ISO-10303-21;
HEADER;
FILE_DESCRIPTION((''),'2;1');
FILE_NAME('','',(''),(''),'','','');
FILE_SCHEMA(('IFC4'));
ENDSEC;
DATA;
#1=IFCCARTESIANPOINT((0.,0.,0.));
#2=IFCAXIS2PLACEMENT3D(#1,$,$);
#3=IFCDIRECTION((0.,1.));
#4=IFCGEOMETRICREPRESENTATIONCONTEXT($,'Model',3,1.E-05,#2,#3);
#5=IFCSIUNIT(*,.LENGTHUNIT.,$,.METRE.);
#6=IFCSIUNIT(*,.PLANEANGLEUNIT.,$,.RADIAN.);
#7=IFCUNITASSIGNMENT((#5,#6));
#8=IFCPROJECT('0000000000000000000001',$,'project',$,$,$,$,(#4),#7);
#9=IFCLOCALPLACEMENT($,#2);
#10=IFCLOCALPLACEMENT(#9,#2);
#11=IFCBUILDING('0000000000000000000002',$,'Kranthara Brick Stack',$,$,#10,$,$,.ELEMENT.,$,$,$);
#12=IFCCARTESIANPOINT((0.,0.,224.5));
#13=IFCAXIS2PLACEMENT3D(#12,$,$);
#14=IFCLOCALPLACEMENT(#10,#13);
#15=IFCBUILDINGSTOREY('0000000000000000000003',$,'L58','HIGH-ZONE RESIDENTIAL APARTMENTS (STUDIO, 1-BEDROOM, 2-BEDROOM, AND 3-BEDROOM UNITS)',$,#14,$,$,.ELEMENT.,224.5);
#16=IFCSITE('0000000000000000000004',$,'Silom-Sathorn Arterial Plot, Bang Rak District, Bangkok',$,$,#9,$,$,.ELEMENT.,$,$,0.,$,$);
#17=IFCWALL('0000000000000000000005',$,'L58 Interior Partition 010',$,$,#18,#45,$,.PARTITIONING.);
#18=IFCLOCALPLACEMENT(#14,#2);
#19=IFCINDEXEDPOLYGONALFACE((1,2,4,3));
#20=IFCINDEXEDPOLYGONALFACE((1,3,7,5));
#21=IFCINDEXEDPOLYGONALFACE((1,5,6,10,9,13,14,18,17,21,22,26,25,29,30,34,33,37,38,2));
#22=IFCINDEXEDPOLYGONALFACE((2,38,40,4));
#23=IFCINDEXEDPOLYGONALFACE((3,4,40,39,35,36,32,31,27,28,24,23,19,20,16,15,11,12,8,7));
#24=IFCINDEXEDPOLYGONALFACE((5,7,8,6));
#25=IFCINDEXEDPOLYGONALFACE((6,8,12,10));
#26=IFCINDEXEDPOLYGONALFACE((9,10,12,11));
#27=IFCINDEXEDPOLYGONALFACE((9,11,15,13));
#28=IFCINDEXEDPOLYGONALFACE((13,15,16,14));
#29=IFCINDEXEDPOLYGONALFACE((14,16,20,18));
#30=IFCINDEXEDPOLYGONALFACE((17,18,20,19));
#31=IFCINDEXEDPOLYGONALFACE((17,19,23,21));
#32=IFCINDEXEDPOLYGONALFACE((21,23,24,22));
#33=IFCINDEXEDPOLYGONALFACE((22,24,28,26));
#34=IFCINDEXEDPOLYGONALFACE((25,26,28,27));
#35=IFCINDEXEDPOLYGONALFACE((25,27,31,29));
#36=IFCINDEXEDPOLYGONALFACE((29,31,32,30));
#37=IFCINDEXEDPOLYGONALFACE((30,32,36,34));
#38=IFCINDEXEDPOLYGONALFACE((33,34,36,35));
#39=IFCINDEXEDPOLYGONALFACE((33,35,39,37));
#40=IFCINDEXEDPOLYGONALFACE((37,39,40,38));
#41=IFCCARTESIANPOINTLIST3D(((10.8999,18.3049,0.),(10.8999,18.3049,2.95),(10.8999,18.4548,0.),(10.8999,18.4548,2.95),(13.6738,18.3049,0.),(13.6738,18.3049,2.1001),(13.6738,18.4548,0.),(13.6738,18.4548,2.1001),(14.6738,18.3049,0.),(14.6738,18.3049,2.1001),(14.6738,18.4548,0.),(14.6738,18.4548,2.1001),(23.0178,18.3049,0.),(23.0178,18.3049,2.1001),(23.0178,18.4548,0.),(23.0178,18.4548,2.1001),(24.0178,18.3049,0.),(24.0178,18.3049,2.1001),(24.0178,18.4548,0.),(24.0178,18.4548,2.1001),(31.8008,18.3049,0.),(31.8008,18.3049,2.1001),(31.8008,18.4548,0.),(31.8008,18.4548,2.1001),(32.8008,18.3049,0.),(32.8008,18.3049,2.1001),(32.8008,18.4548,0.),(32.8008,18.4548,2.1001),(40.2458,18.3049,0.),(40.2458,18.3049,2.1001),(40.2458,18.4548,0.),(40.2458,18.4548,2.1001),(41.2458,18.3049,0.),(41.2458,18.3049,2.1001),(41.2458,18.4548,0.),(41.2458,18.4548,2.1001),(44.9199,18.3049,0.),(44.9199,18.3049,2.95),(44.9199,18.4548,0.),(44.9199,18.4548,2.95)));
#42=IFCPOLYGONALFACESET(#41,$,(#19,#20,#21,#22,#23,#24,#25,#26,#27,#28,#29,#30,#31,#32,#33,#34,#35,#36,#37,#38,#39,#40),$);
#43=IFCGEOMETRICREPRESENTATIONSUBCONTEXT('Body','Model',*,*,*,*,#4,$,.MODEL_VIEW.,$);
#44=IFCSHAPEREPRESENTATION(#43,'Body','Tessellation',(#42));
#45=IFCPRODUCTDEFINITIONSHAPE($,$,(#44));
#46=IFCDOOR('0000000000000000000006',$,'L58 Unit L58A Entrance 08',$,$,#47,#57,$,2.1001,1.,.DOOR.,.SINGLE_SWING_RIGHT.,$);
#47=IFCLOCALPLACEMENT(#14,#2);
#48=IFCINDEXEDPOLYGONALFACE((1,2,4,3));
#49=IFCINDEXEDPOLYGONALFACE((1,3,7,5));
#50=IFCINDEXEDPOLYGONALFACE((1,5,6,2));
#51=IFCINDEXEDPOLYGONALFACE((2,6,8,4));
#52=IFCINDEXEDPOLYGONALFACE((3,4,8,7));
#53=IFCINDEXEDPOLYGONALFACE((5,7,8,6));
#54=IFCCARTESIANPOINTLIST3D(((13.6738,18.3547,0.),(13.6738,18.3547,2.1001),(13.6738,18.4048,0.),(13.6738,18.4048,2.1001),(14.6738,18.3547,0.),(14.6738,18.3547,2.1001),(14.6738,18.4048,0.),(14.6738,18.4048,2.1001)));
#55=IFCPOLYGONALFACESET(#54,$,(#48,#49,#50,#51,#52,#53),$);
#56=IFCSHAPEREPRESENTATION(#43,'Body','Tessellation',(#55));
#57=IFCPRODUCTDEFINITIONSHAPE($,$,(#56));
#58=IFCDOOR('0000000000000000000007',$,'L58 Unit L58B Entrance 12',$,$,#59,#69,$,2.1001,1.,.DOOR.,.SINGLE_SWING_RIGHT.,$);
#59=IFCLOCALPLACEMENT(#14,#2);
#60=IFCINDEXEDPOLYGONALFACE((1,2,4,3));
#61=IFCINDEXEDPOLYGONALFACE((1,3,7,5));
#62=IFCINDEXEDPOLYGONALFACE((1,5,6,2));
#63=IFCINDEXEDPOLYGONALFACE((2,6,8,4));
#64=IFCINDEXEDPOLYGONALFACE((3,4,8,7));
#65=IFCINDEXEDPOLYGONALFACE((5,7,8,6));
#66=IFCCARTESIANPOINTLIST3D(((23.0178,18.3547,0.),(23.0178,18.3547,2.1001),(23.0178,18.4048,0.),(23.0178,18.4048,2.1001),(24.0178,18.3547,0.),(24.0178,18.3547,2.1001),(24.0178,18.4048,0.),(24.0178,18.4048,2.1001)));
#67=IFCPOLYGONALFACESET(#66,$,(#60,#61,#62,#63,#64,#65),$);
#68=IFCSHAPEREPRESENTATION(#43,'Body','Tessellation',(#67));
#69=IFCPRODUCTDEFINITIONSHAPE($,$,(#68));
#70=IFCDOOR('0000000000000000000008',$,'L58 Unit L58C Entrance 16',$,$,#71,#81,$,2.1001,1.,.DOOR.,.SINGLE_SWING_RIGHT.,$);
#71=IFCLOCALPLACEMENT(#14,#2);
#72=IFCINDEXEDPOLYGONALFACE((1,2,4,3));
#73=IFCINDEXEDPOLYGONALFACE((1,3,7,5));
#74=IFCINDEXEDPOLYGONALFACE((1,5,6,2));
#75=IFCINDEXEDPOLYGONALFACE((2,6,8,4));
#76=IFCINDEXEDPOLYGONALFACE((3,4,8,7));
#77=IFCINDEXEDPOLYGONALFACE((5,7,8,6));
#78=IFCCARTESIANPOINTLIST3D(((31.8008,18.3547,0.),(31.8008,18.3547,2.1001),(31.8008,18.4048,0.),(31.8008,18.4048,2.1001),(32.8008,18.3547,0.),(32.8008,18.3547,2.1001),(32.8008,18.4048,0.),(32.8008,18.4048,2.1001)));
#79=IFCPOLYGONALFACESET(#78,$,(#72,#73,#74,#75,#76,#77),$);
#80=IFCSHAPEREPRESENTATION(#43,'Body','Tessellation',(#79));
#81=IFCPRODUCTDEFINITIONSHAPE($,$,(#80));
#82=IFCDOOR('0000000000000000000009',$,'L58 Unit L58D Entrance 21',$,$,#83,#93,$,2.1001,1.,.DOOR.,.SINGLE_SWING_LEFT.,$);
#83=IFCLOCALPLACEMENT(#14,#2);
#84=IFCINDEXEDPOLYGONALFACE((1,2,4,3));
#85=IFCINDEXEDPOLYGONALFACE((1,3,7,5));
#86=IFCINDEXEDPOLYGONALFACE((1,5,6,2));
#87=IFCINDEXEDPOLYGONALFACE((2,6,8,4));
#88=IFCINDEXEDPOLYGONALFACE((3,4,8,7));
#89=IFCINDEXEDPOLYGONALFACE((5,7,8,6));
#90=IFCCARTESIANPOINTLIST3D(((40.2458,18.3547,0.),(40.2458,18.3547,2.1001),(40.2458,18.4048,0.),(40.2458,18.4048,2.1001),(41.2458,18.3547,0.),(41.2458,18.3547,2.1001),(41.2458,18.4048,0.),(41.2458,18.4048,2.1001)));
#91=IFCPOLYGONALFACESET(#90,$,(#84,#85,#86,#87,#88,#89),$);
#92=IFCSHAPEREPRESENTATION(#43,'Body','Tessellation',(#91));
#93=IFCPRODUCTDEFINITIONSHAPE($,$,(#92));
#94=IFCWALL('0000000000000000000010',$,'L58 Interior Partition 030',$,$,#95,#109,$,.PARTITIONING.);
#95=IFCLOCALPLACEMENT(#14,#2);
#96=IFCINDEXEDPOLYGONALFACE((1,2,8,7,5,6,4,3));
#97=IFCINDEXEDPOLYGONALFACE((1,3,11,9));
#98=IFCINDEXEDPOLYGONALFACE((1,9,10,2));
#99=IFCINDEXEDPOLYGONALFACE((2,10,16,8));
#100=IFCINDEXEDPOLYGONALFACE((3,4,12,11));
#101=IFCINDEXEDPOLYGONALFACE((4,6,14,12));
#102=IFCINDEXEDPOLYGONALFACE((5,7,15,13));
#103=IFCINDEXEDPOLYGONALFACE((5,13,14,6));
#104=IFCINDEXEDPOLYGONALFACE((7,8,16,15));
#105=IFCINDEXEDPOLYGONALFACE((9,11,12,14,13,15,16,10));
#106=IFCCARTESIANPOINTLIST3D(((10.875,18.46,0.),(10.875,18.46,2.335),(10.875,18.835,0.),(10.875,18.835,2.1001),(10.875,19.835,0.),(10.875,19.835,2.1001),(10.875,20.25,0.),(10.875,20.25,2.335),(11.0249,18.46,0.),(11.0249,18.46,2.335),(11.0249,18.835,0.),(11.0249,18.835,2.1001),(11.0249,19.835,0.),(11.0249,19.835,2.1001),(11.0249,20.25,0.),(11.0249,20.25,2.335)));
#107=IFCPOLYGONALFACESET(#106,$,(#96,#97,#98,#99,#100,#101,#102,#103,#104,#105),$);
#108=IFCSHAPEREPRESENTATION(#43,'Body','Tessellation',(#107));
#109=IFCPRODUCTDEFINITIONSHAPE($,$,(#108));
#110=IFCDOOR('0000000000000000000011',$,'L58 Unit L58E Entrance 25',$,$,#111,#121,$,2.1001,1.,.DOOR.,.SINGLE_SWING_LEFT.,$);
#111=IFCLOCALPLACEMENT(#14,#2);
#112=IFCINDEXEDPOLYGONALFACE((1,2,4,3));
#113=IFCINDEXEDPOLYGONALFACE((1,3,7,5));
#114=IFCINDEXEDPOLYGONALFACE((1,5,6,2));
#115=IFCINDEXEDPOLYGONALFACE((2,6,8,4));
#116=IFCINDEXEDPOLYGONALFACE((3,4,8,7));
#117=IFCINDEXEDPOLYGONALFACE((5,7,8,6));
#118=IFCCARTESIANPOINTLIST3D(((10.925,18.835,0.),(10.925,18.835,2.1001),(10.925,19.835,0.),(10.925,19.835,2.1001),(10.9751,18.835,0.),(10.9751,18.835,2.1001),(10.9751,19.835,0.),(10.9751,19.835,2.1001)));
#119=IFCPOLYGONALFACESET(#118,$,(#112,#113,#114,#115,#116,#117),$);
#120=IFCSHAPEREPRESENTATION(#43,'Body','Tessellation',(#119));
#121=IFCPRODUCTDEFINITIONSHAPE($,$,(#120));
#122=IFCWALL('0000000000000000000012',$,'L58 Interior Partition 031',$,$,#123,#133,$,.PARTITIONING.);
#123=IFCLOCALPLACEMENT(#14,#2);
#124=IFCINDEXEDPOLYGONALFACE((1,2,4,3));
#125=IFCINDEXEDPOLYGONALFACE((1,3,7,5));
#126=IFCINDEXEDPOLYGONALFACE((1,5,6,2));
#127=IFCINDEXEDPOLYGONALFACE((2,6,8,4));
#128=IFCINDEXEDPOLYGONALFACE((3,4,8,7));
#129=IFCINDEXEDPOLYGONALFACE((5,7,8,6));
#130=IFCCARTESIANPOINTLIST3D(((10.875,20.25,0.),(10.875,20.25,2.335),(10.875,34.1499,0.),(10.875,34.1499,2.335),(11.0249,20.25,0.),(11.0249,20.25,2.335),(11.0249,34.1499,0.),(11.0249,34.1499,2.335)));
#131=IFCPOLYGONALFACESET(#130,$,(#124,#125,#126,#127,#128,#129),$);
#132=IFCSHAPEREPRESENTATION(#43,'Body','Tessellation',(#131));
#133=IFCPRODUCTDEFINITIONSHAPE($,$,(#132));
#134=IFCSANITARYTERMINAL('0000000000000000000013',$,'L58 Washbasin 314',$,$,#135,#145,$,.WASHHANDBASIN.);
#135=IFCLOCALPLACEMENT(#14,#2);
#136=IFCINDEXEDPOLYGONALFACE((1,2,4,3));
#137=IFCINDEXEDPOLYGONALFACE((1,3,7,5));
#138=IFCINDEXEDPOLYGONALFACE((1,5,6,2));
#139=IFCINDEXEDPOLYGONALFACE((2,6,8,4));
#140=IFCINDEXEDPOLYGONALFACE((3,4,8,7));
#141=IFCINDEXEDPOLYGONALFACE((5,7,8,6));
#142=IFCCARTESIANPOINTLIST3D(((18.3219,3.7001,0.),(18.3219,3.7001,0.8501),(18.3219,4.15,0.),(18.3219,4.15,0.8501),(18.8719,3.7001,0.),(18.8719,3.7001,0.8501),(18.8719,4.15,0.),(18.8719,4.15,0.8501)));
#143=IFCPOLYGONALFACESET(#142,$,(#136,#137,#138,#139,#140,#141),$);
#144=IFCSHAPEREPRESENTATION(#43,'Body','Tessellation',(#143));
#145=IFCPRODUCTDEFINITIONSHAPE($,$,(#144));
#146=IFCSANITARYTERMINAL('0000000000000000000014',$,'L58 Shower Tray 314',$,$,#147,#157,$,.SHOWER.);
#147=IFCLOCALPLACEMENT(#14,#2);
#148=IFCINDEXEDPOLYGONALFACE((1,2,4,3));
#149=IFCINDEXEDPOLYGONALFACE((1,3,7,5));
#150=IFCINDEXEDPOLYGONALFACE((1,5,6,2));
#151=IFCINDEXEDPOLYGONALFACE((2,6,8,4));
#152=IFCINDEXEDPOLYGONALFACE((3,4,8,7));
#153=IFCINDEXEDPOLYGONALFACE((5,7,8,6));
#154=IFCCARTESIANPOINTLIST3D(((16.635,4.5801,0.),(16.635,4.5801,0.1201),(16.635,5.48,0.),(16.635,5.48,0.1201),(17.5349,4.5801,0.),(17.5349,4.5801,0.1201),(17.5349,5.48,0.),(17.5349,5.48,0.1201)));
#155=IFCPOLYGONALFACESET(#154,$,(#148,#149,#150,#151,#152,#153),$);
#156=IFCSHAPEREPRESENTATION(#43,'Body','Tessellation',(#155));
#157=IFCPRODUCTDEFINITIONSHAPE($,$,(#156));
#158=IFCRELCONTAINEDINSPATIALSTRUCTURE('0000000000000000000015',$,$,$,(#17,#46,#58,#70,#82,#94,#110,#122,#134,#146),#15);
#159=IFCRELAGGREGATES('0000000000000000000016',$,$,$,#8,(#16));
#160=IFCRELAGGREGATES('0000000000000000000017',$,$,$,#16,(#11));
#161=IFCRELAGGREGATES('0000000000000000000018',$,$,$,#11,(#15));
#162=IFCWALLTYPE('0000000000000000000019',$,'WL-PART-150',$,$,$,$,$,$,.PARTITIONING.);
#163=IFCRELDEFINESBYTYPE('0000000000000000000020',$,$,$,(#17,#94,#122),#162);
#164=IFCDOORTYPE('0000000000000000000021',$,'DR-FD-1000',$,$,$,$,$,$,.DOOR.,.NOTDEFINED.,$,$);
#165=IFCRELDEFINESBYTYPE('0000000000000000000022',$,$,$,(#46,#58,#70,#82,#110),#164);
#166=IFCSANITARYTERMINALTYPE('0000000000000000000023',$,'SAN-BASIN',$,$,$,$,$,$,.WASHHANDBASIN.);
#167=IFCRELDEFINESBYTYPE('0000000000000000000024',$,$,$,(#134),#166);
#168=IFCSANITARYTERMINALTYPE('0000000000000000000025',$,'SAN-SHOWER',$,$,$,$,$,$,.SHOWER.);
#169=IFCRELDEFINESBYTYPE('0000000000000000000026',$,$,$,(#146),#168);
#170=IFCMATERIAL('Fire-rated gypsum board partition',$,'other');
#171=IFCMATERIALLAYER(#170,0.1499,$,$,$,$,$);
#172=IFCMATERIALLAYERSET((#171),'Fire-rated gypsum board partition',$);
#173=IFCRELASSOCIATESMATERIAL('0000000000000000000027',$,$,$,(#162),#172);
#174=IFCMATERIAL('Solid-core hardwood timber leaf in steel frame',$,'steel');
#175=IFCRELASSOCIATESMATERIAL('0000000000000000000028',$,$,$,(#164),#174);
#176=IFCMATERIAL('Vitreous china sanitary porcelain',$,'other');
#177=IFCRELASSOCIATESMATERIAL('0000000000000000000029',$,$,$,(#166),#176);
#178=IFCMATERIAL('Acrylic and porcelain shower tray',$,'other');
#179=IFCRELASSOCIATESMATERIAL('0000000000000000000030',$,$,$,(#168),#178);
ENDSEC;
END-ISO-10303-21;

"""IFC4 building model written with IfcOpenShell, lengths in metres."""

from ifc_helpers import new_model, si_unit, direction, frame, frame_2d, origin, origin_2d, place, context, subcontext, project, spatial, rectangle, extrude, material, layer, layer_set, type_object, element, fill, save


model = new_model("IFC4")

# Units and contexts
model_context = context("Model", 3, precision=1e-05, world=origin(), true_north=direction((0.0, 1.0)))
body_context = subcontext(model_context, "Body", "Model", "MODEL_VIEW")
ifc_project = project(units=[si_unit("LENGTHUNIT", "METRE"), si_unit("PLANEANGLEUNIT", "RADIAN")], contexts=[model_context])

# Site, building, storey
site_placement = place(None, origin())
site = spatial("IfcSite", under=ifc_project, at=site_placement, Name="Silom-Sathorn Arterial Plot, Bang Rak District, Bangkok", CompositionType="ELEMENT", RefElevation=0.0)
building_placement = place(site_placement, origin())
building = spatial("IfcBuilding", under=site, at=building_placement, Name="Kranthara Brick Stack", CompositionType="ELEMENT")
storey_placement = place(building_placement, frame((0.0, 0.0, 224.5)))
storey = spatial("IfcBuildingStorey", under=building, at=storey_placement, Name="L58", Description="HIGH-ZONE RESIDENTIAL APARTMENTS (STUDIO, 1-BEDROOM, 2-BEDROOM, AND 3-BEDROOM UNITS)", CompositionType="ELEMENT", Elevation=224.5)

# Wall, openings, doors
ifc_material_1 = material(Name="Fire-rated gypsum board partition", Category="other")
ifc_layer_1 = layer(ifc_material_1, 0.1499)
ifc_layer_set_1 = layer_set([ifc_layer_1], Name="Fire-rated gypsum board partition")
wall_type_1 = type_object("IfcWallType", Name="WL-PART-150", PredefinedType="PARTITIONING", material=ifc_layer_set_1)
wall_1_placement = place(storey_placement, frame((10.8999, 18.3799, 0.0), z_axis=(0.0, 0.0, 1.0), x_axis=(1.0, 0.0, 0.0)))
wall_1 = element("IfcWall", 1, at=wall_1_placement, inside=storey, type_object=wall_type_1, Name="L58 Interior Partition 010", PredefinedType="PARTITIONING", context=body_context, shape_type="SweptSolid", body=[
    extrude(rectangle(XDim=34.02, YDim=0.1499, at=frame_2d((17.01, 0.0))), origin(), (0.0, 0.0, 1.0), 2.95),
])
opening_1_placement = place(wall_1_placement, frame((2.7739, 0.0, 0.0)))
opening_1 = element("IfcOpeningElement", 2, at=opening_1_placement, cuts=wall_1, PredefinedType="OPENING", context=body_context, shape_type="SweptSolid", body=[
    extrude(rectangle(XDim=1.0, YDim=2.1001, at=frame_2d((0.5, 1.05))), frame((0.0, 0.085, 0.0), z_axis=(0.0, -1.0, 0.0), x_axis=(1.0, 0.0, 0.0)), (0.0, 0.0, 1.0), 0.1699),
])
opening_2_placement = place(wall_1_placement, frame((12.1179, 0.0, 0.0)))
opening_2 = element("IfcOpeningElement", 3, at=opening_2_placement, cuts=wall_1, PredefinedType="OPENING", context=body_context, shape_type="SweptSolid", body=[
    extrude(rectangle(XDim=1.0, YDim=2.1001, at=frame_2d((0.5, 1.05))), frame((0.0, 0.085, 0.0), z_axis=(0.0, -1.0, 0.0), x_axis=(1.0, 0.0, 0.0)), (0.0, 0.0, 1.0), 0.1699),
])
opening_3_placement = place(wall_1_placement, frame((20.9009, 0.0, 0.0)))
opening_3 = element("IfcOpeningElement", 4, at=opening_3_placement, cuts=wall_1, PredefinedType="OPENING", context=body_context, shape_type="SweptSolid", body=[
    extrude(rectangle(XDim=1.0, YDim=2.1001, at=frame_2d((0.5, 1.05))), frame((0.0, 0.085, 0.0), z_axis=(0.0, -1.0, 0.0), x_axis=(1.0, 0.0, 0.0)), (0.0, 0.0, 1.0), 0.1699),
])
opening_4_placement = place(wall_1_placement, frame((29.3459, 0.0, 0.0)))
opening_4 = element("IfcOpeningElement", 5, at=opening_4_placement, cuts=wall_1, PredefinedType="OPENING", context=body_context, shape_type="SweptSolid", body=[
    extrude(rectangle(XDim=1.0, YDim=2.1001, at=frame_2d((0.5, 1.05))), frame((0.0, 0.085, 0.0), z_axis=(0.0, -1.0, 0.0), x_axis=(1.0, 0.0, 0.0)), (0.0, 0.0, 1.0), 0.1699),
])
ifc_material_2 = material(Name="Solid-core hardwood timber leaf in steel frame", Category="steel")
door_type_1 = type_object("IfcDoorType", Name="DR-FD-1000", OperationType="NOTDEFINED", PredefinedType="DOOR", material=ifc_material_2)
door_1_placement = place(opening_1_placement, origin())
door_1 = element("IfcDoor", 6, at=door_1_placement, inside=storey, type_object=door_type_1, Name="L58 Unit L58A Entrance 08", OperationType="SINGLE_SWING_RIGHT", OverallHeight=2.1001, OverallWidth=1.0, PredefinedType="DOOR", context=body_context, shape_type="SweptSolid", body=[
    extrude(rectangle(XDim=1.0, YDim=2.1001, at=frame_2d((0.5, 1.05))), frame((0.0, 0.0249, 0.0), z_axis=(0.0, -1.0, 0.0), x_axis=(1.0, 0.0, 0.0)), (0.0, 0.0, 1.0), 0.05),
])
fill(opening_1, door_1)
door_2_placement = place(opening_2_placement, origin())
door_2 = element("IfcDoor", 7, at=door_2_placement, inside=storey, type_object=door_type_1, Name="L58 Unit L58B Entrance 12", OperationType="SINGLE_SWING_RIGHT", OverallHeight=2.1001, OverallWidth=1.0, PredefinedType="DOOR", context=body_context, shape_type="SweptSolid", body=[
    extrude(rectangle(XDim=1.0, YDim=2.1001, at=frame_2d((0.5, 1.05))), frame((0.0, 0.0249, 0.0), z_axis=(0.0, -1.0, 0.0), x_axis=(1.0, 0.0, 0.0)), (0.0, 0.0, 1.0), 0.05),
])
fill(opening_2, door_2)
door_3_placement = place(opening_3_placement, origin())
door_3 = element("IfcDoor", 8, at=door_3_placement, inside=storey, type_object=door_type_1, Name="L58 Unit L58C Entrance 16", OperationType="SINGLE_SWING_RIGHT", OverallHeight=2.1001, OverallWidth=1.0, PredefinedType="DOOR", context=body_context, shape_type="SweptSolid", body=[
    extrude(rectangle(XDim=1.0, YDim=2.1001, at=frame_2d((0.5, 1.05))), frame((0.0, 0.0249, 0.0), z_axis=(0.0, -1.0, 0.0), x_axis=(1.0, 0.0, 0.0)), (0.0, 0.0, 1.0), 0.05),
])
fill(opening_3, door_3)
door_4_placement = place(opening_4_placement, origin())
door_4 = element("IfcDoor", 9, at=door_4_placement, inside=storey, type_object=door_type_1, Name="L58 Unit L58D Entrance 21", OperationType="SINGLE_SWING_LEFT", OverallHeight=2.1001, OverallWidth=1.0, PredefinedType="DOOR", context=body_context, shape_type="SweptSolid", body=[
    extrude(rectangle(XDim=1.0, YDim=2.1001, at=frame_2d((0.5, 1.05))), frame((0.0, 0.0249, 0.0), z_axis=(0.0, -1.0, 0.0), x_axis=(1.0, 0.0, 0.0)), (0.0, 0.0, 1.0), 0.05),
])
fill(opening_4, door_4)

# Wall, opening, door
wall_2_placement = place(storey_placement, frame((10.95, 18.46, 0.0), z_axis=(0.0, 0.0, 1.0), x_axis=(0.0, 1.0, 0.0)))
wall_2 = element("IfcWall", 10, at=wall_2_placement, inside=storey, type_object=wall_type_1, Name="L58 Interior Partition 030", PredefinedType="PARTITIONING", context=body_context, shape_type="SweptSolid", body=[
    extrude(rectangle(XDim=1.79, YDim=0.1499, at=frame_2d((0.895, 0.0))), origin(), (0.0, 0.0, 1.0), 2.335),
])
opening_5_placement = place(wall_2_placement, frame((0.375, 0.0, 0.0)))
opening_5 = element("IfcOpeningElement", 11, at=opening_5_placement, cuts=wall_2, PredefinedType="OPENING", context=body_context, shape_type="SweptSolid", body=[
    extrude(rectangle(XDim=1.0, YDim=2.1001, at=frame_2d((0.5, 1.05))), frame((0.0, 0.085, 0.0), z_axis=(0.0, -1.0, 0.0), x_axis=(1.0, 0.0, 0.0)), (0.0, 0.0, 1.0), 0.1699),
])
door_5_placement = place(opening_5_placement, origin())
door_5 = element("IfcDoor", 12, at=door_5_placement, inside=storey, type_object=door_type_1, Name="L58 Unit L58E Entrance 25", OperationType="SINGLE_SWING_LEFT", OverallHeight=2.1001, OverallWidth=1.0, PredefinedType="DOOR", context=body_context, shape_type="SweptSolid", body=[
    extrude(rectangle(XDim=1.0, YDim=2.1001, at=frame_2d((0.5, 1.05))), frame((0.0, 0.0249, 0.0), z_axis=(0.0, -1.0, 0.0), x_axis=(1.0, 0.0, 0.0)), (0.0, 0.0, 1.0), 0.05),
])
fill(opening_5, door_5)

# Wall
wall_3_placement = place(storey_placement, frame((10.95, 20.25, 0.0), z_axis=(0.0, 0.0, 1.0), x_axis=(0.0, 1.0, 0.0)))
element("IfcWall", 13, at=wall_3_placement, inside=storey, type_object=wall_type_1, Name="L58 Interior Partition 031", PredefinedType="PARTITIONING", context=body_context, shape_type="SweptSolid", body=[
    extrude(rectangle(XDim=13.8999, YDim=0.1499, at=frame_2d((6.95, 0.0))), origin(), (0.0, 0.0, 1.0), 2.335),
])

# Sanitary terminals
ifc_material_3 = material(Name="Vitreous china sanitary porcelain", Category="other")
sanitary_terminal_type_1 = type_object("IfcSanitaryTerminalType", Name="SAN-BASIN", PredefinedType="WASHHANDBASIN", material=ifc_material_3)
sanitary_terminal_1_placement = place(storey_placement, frame((18.5969, 3.925, 0.0), z_axis=(0.0, 0.0, 1.0), x_axis=(1.0, 0.0, 0.0)))
element("IfcSanitaryTerminal", 14, at=sanitary_terminal_1_placement, inside=storey, type_object=sanitary_terminal_type_1, Name="L58 Washbasin 314", PredefinedType="WASHHANDBASIN", context=body_context, shape_type="SweptSolid", body=[
    extrude(rectangle(XDim=0.55, YDim=0.45, at=origin_2d()), origin(), (0.0, 0.0, 1.0), 0.8501),
])
ifc_material_4 = material(Name="Acrylic and porcelain shower tray", Category="other")
sanitary_terminal_type_2 = type_object("IfcSanitaryTerminalType", Name="SAN-SHOWER", PredefinedType="SHOWER", material=ifc_material_4)
sanitary_terminal_2_placement = place(storey_placement, frame((17.085, 5.03, 0.0), z_axis=(0.0, 0.0, 1.0), x_axis=(1.0, 0.0, 0.0)))
element("IfcSanitaryTerminal", 15, at=sanitary_terminal_2_placement, inside=storey, type_object=sanitary_terminal_type_2, Name="L58 Shower Tray 314", PredefinedType="SHOWER", context=body_context, shape_type="SweptSolid", body=[
    extrude(rectangle(XDim=0.8999, YDim=0.8999, at=origin_2d()), origin(), (0.0, 0.0, 1.0), 0.1201),
])

save(model, "model.ifc")
